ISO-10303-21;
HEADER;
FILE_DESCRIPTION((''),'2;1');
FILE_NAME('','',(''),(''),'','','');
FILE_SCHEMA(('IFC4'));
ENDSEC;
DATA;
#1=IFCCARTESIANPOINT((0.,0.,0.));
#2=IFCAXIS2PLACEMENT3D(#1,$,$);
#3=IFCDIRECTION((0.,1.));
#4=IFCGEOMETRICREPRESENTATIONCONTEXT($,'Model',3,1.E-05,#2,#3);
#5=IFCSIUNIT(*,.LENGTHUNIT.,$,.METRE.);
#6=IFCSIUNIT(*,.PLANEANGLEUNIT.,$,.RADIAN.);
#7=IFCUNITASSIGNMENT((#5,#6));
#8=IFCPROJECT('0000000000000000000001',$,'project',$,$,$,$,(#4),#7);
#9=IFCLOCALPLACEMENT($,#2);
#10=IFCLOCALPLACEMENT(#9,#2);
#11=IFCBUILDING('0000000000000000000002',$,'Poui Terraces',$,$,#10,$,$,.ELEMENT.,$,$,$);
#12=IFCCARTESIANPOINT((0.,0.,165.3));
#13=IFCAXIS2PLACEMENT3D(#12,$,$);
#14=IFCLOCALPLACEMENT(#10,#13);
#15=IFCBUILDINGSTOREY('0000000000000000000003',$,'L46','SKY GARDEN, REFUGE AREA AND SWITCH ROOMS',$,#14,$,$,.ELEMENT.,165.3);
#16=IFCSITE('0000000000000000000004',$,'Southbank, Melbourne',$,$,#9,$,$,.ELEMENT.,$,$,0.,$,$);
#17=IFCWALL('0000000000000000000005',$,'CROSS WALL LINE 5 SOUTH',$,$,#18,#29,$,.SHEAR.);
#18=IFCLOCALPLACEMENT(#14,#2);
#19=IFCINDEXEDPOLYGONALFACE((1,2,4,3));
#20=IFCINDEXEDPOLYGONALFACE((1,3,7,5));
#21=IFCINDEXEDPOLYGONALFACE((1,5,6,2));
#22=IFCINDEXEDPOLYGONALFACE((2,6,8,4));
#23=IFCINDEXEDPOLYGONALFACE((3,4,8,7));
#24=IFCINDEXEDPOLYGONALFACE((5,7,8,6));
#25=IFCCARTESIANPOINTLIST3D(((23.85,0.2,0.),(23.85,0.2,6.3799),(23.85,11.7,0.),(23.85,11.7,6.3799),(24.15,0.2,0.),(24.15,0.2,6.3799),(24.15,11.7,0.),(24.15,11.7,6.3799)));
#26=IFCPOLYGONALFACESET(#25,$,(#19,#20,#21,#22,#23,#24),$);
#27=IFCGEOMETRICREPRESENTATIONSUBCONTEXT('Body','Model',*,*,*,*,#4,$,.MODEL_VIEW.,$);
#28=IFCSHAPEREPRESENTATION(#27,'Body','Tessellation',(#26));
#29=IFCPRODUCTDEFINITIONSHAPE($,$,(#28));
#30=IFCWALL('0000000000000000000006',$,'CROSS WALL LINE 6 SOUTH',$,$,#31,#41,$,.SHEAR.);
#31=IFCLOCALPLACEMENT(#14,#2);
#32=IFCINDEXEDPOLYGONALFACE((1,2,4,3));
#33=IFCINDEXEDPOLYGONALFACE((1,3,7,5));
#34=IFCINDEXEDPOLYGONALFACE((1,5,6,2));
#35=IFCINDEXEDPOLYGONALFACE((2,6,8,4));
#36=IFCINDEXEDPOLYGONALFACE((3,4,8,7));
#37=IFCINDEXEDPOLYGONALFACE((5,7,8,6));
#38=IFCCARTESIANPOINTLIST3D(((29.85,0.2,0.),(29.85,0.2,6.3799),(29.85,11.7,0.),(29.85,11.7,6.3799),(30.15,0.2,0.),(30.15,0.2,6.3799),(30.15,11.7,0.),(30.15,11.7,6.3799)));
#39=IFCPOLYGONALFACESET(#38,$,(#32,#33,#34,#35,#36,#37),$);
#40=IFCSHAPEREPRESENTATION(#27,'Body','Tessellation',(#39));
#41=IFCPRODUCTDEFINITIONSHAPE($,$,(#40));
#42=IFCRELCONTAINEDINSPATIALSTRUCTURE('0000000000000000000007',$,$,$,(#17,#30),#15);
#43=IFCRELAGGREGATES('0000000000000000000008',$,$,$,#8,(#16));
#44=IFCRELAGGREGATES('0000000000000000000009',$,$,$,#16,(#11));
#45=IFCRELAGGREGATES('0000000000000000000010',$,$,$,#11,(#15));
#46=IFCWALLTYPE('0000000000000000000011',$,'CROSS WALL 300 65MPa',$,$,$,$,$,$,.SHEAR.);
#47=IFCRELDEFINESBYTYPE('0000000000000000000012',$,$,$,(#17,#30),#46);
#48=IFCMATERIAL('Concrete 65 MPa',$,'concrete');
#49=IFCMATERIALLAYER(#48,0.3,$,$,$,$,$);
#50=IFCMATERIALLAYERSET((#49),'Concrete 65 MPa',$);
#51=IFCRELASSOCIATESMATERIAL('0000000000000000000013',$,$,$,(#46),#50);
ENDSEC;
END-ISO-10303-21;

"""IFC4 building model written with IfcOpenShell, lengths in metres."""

from ifc_helpers import new_model, si_unit, direction, frame, frame_2d, origin, place, context, subcontext, project, spatial, rectangle, extrude, material, layer, layer_set, type_object, element, save


model = new_model("IFC4")

# Units and contexts
model_context = context("Model", 3, precision=1e-05, world=origin(), true_north=direction((0.0, 1.0)))
body_context = subcontext(model_context, "Body", "Model", "MODEL_VIEW")
ifc_project = project(units=[si_unit("LENGTHUNIT", "METRE"), si_unit("PLANEANGLEUNIT", "RADIAN")], contexts=[model_context])

# Site, building, storey
site_placement = place(None, origin())
site = spatial("IfcSite", under=ifc_project, at=site_placement, Name="Southbank, Melbourne", CompositionType="ELEMENT", RefElevation=0.0)
building_placement = place(site_placement, origin())
building = spatial("IfcBuilding", under=site, at=building_placement, Name="Poui Terraces", CompositionType="ELEMENT")
storey_placement = place(building_placement, frame((0.0, 0.0, 165.3)))
storey = spatial("IfcBuildingStorey", under=building, at=storey_placement, Name="L46", Description="SKY GARDEN, REFUGE AREA AND SWITCH ROOMS", CompositionType="ELEMENT", Elevation=165.3)

# Walls
ifc_material_1 = material(Name="Concrete 65 MPa", Category="concrete")
ifc_layer_1 = layer(ifc_material_1, 0.3)
ifc_layer_set_1 = layer_set([ifc_layer_1], Name="Concrete 65 MPa")
wall_type_1 = type_object("IfcWallType", Name="CROSS WALL 300 65MPa", PredefinedType="SHEAR", material=ifc_layer_set_1)
for number, where, z_axis, x_axis, name in (
    (1, (24.0, 0.2, 0.0), (0.0, 0.0, 1.0), (0.0, 1.0, 0.0), "CROSS WALL LINE 5 SOUTH"),
    (2, (30.0, 0.2, 0.0), (0.0, 0.0, 1.0), (0.0, 1.0, 0.0), "CROSS WALL LINE 6 SOUTH"),
):
    element("IfcWall", number, at=place(storey_placement, frame(where, z_axis=z_axis, x_axis=x_axis)), inside=storey, type_object=wall_type_1, Name=name, PredefinedType="SHEAR", context=body_context, shape_type="SweptSolid", body=[
        extrude(rectangle(XDim=11.5, YDim=0.3, at=frame_2d((5.75, 0.0))), origin(), (0.0, 0.0, 1.0), 6.3799),
    ])

save(model, "model.ifc")
